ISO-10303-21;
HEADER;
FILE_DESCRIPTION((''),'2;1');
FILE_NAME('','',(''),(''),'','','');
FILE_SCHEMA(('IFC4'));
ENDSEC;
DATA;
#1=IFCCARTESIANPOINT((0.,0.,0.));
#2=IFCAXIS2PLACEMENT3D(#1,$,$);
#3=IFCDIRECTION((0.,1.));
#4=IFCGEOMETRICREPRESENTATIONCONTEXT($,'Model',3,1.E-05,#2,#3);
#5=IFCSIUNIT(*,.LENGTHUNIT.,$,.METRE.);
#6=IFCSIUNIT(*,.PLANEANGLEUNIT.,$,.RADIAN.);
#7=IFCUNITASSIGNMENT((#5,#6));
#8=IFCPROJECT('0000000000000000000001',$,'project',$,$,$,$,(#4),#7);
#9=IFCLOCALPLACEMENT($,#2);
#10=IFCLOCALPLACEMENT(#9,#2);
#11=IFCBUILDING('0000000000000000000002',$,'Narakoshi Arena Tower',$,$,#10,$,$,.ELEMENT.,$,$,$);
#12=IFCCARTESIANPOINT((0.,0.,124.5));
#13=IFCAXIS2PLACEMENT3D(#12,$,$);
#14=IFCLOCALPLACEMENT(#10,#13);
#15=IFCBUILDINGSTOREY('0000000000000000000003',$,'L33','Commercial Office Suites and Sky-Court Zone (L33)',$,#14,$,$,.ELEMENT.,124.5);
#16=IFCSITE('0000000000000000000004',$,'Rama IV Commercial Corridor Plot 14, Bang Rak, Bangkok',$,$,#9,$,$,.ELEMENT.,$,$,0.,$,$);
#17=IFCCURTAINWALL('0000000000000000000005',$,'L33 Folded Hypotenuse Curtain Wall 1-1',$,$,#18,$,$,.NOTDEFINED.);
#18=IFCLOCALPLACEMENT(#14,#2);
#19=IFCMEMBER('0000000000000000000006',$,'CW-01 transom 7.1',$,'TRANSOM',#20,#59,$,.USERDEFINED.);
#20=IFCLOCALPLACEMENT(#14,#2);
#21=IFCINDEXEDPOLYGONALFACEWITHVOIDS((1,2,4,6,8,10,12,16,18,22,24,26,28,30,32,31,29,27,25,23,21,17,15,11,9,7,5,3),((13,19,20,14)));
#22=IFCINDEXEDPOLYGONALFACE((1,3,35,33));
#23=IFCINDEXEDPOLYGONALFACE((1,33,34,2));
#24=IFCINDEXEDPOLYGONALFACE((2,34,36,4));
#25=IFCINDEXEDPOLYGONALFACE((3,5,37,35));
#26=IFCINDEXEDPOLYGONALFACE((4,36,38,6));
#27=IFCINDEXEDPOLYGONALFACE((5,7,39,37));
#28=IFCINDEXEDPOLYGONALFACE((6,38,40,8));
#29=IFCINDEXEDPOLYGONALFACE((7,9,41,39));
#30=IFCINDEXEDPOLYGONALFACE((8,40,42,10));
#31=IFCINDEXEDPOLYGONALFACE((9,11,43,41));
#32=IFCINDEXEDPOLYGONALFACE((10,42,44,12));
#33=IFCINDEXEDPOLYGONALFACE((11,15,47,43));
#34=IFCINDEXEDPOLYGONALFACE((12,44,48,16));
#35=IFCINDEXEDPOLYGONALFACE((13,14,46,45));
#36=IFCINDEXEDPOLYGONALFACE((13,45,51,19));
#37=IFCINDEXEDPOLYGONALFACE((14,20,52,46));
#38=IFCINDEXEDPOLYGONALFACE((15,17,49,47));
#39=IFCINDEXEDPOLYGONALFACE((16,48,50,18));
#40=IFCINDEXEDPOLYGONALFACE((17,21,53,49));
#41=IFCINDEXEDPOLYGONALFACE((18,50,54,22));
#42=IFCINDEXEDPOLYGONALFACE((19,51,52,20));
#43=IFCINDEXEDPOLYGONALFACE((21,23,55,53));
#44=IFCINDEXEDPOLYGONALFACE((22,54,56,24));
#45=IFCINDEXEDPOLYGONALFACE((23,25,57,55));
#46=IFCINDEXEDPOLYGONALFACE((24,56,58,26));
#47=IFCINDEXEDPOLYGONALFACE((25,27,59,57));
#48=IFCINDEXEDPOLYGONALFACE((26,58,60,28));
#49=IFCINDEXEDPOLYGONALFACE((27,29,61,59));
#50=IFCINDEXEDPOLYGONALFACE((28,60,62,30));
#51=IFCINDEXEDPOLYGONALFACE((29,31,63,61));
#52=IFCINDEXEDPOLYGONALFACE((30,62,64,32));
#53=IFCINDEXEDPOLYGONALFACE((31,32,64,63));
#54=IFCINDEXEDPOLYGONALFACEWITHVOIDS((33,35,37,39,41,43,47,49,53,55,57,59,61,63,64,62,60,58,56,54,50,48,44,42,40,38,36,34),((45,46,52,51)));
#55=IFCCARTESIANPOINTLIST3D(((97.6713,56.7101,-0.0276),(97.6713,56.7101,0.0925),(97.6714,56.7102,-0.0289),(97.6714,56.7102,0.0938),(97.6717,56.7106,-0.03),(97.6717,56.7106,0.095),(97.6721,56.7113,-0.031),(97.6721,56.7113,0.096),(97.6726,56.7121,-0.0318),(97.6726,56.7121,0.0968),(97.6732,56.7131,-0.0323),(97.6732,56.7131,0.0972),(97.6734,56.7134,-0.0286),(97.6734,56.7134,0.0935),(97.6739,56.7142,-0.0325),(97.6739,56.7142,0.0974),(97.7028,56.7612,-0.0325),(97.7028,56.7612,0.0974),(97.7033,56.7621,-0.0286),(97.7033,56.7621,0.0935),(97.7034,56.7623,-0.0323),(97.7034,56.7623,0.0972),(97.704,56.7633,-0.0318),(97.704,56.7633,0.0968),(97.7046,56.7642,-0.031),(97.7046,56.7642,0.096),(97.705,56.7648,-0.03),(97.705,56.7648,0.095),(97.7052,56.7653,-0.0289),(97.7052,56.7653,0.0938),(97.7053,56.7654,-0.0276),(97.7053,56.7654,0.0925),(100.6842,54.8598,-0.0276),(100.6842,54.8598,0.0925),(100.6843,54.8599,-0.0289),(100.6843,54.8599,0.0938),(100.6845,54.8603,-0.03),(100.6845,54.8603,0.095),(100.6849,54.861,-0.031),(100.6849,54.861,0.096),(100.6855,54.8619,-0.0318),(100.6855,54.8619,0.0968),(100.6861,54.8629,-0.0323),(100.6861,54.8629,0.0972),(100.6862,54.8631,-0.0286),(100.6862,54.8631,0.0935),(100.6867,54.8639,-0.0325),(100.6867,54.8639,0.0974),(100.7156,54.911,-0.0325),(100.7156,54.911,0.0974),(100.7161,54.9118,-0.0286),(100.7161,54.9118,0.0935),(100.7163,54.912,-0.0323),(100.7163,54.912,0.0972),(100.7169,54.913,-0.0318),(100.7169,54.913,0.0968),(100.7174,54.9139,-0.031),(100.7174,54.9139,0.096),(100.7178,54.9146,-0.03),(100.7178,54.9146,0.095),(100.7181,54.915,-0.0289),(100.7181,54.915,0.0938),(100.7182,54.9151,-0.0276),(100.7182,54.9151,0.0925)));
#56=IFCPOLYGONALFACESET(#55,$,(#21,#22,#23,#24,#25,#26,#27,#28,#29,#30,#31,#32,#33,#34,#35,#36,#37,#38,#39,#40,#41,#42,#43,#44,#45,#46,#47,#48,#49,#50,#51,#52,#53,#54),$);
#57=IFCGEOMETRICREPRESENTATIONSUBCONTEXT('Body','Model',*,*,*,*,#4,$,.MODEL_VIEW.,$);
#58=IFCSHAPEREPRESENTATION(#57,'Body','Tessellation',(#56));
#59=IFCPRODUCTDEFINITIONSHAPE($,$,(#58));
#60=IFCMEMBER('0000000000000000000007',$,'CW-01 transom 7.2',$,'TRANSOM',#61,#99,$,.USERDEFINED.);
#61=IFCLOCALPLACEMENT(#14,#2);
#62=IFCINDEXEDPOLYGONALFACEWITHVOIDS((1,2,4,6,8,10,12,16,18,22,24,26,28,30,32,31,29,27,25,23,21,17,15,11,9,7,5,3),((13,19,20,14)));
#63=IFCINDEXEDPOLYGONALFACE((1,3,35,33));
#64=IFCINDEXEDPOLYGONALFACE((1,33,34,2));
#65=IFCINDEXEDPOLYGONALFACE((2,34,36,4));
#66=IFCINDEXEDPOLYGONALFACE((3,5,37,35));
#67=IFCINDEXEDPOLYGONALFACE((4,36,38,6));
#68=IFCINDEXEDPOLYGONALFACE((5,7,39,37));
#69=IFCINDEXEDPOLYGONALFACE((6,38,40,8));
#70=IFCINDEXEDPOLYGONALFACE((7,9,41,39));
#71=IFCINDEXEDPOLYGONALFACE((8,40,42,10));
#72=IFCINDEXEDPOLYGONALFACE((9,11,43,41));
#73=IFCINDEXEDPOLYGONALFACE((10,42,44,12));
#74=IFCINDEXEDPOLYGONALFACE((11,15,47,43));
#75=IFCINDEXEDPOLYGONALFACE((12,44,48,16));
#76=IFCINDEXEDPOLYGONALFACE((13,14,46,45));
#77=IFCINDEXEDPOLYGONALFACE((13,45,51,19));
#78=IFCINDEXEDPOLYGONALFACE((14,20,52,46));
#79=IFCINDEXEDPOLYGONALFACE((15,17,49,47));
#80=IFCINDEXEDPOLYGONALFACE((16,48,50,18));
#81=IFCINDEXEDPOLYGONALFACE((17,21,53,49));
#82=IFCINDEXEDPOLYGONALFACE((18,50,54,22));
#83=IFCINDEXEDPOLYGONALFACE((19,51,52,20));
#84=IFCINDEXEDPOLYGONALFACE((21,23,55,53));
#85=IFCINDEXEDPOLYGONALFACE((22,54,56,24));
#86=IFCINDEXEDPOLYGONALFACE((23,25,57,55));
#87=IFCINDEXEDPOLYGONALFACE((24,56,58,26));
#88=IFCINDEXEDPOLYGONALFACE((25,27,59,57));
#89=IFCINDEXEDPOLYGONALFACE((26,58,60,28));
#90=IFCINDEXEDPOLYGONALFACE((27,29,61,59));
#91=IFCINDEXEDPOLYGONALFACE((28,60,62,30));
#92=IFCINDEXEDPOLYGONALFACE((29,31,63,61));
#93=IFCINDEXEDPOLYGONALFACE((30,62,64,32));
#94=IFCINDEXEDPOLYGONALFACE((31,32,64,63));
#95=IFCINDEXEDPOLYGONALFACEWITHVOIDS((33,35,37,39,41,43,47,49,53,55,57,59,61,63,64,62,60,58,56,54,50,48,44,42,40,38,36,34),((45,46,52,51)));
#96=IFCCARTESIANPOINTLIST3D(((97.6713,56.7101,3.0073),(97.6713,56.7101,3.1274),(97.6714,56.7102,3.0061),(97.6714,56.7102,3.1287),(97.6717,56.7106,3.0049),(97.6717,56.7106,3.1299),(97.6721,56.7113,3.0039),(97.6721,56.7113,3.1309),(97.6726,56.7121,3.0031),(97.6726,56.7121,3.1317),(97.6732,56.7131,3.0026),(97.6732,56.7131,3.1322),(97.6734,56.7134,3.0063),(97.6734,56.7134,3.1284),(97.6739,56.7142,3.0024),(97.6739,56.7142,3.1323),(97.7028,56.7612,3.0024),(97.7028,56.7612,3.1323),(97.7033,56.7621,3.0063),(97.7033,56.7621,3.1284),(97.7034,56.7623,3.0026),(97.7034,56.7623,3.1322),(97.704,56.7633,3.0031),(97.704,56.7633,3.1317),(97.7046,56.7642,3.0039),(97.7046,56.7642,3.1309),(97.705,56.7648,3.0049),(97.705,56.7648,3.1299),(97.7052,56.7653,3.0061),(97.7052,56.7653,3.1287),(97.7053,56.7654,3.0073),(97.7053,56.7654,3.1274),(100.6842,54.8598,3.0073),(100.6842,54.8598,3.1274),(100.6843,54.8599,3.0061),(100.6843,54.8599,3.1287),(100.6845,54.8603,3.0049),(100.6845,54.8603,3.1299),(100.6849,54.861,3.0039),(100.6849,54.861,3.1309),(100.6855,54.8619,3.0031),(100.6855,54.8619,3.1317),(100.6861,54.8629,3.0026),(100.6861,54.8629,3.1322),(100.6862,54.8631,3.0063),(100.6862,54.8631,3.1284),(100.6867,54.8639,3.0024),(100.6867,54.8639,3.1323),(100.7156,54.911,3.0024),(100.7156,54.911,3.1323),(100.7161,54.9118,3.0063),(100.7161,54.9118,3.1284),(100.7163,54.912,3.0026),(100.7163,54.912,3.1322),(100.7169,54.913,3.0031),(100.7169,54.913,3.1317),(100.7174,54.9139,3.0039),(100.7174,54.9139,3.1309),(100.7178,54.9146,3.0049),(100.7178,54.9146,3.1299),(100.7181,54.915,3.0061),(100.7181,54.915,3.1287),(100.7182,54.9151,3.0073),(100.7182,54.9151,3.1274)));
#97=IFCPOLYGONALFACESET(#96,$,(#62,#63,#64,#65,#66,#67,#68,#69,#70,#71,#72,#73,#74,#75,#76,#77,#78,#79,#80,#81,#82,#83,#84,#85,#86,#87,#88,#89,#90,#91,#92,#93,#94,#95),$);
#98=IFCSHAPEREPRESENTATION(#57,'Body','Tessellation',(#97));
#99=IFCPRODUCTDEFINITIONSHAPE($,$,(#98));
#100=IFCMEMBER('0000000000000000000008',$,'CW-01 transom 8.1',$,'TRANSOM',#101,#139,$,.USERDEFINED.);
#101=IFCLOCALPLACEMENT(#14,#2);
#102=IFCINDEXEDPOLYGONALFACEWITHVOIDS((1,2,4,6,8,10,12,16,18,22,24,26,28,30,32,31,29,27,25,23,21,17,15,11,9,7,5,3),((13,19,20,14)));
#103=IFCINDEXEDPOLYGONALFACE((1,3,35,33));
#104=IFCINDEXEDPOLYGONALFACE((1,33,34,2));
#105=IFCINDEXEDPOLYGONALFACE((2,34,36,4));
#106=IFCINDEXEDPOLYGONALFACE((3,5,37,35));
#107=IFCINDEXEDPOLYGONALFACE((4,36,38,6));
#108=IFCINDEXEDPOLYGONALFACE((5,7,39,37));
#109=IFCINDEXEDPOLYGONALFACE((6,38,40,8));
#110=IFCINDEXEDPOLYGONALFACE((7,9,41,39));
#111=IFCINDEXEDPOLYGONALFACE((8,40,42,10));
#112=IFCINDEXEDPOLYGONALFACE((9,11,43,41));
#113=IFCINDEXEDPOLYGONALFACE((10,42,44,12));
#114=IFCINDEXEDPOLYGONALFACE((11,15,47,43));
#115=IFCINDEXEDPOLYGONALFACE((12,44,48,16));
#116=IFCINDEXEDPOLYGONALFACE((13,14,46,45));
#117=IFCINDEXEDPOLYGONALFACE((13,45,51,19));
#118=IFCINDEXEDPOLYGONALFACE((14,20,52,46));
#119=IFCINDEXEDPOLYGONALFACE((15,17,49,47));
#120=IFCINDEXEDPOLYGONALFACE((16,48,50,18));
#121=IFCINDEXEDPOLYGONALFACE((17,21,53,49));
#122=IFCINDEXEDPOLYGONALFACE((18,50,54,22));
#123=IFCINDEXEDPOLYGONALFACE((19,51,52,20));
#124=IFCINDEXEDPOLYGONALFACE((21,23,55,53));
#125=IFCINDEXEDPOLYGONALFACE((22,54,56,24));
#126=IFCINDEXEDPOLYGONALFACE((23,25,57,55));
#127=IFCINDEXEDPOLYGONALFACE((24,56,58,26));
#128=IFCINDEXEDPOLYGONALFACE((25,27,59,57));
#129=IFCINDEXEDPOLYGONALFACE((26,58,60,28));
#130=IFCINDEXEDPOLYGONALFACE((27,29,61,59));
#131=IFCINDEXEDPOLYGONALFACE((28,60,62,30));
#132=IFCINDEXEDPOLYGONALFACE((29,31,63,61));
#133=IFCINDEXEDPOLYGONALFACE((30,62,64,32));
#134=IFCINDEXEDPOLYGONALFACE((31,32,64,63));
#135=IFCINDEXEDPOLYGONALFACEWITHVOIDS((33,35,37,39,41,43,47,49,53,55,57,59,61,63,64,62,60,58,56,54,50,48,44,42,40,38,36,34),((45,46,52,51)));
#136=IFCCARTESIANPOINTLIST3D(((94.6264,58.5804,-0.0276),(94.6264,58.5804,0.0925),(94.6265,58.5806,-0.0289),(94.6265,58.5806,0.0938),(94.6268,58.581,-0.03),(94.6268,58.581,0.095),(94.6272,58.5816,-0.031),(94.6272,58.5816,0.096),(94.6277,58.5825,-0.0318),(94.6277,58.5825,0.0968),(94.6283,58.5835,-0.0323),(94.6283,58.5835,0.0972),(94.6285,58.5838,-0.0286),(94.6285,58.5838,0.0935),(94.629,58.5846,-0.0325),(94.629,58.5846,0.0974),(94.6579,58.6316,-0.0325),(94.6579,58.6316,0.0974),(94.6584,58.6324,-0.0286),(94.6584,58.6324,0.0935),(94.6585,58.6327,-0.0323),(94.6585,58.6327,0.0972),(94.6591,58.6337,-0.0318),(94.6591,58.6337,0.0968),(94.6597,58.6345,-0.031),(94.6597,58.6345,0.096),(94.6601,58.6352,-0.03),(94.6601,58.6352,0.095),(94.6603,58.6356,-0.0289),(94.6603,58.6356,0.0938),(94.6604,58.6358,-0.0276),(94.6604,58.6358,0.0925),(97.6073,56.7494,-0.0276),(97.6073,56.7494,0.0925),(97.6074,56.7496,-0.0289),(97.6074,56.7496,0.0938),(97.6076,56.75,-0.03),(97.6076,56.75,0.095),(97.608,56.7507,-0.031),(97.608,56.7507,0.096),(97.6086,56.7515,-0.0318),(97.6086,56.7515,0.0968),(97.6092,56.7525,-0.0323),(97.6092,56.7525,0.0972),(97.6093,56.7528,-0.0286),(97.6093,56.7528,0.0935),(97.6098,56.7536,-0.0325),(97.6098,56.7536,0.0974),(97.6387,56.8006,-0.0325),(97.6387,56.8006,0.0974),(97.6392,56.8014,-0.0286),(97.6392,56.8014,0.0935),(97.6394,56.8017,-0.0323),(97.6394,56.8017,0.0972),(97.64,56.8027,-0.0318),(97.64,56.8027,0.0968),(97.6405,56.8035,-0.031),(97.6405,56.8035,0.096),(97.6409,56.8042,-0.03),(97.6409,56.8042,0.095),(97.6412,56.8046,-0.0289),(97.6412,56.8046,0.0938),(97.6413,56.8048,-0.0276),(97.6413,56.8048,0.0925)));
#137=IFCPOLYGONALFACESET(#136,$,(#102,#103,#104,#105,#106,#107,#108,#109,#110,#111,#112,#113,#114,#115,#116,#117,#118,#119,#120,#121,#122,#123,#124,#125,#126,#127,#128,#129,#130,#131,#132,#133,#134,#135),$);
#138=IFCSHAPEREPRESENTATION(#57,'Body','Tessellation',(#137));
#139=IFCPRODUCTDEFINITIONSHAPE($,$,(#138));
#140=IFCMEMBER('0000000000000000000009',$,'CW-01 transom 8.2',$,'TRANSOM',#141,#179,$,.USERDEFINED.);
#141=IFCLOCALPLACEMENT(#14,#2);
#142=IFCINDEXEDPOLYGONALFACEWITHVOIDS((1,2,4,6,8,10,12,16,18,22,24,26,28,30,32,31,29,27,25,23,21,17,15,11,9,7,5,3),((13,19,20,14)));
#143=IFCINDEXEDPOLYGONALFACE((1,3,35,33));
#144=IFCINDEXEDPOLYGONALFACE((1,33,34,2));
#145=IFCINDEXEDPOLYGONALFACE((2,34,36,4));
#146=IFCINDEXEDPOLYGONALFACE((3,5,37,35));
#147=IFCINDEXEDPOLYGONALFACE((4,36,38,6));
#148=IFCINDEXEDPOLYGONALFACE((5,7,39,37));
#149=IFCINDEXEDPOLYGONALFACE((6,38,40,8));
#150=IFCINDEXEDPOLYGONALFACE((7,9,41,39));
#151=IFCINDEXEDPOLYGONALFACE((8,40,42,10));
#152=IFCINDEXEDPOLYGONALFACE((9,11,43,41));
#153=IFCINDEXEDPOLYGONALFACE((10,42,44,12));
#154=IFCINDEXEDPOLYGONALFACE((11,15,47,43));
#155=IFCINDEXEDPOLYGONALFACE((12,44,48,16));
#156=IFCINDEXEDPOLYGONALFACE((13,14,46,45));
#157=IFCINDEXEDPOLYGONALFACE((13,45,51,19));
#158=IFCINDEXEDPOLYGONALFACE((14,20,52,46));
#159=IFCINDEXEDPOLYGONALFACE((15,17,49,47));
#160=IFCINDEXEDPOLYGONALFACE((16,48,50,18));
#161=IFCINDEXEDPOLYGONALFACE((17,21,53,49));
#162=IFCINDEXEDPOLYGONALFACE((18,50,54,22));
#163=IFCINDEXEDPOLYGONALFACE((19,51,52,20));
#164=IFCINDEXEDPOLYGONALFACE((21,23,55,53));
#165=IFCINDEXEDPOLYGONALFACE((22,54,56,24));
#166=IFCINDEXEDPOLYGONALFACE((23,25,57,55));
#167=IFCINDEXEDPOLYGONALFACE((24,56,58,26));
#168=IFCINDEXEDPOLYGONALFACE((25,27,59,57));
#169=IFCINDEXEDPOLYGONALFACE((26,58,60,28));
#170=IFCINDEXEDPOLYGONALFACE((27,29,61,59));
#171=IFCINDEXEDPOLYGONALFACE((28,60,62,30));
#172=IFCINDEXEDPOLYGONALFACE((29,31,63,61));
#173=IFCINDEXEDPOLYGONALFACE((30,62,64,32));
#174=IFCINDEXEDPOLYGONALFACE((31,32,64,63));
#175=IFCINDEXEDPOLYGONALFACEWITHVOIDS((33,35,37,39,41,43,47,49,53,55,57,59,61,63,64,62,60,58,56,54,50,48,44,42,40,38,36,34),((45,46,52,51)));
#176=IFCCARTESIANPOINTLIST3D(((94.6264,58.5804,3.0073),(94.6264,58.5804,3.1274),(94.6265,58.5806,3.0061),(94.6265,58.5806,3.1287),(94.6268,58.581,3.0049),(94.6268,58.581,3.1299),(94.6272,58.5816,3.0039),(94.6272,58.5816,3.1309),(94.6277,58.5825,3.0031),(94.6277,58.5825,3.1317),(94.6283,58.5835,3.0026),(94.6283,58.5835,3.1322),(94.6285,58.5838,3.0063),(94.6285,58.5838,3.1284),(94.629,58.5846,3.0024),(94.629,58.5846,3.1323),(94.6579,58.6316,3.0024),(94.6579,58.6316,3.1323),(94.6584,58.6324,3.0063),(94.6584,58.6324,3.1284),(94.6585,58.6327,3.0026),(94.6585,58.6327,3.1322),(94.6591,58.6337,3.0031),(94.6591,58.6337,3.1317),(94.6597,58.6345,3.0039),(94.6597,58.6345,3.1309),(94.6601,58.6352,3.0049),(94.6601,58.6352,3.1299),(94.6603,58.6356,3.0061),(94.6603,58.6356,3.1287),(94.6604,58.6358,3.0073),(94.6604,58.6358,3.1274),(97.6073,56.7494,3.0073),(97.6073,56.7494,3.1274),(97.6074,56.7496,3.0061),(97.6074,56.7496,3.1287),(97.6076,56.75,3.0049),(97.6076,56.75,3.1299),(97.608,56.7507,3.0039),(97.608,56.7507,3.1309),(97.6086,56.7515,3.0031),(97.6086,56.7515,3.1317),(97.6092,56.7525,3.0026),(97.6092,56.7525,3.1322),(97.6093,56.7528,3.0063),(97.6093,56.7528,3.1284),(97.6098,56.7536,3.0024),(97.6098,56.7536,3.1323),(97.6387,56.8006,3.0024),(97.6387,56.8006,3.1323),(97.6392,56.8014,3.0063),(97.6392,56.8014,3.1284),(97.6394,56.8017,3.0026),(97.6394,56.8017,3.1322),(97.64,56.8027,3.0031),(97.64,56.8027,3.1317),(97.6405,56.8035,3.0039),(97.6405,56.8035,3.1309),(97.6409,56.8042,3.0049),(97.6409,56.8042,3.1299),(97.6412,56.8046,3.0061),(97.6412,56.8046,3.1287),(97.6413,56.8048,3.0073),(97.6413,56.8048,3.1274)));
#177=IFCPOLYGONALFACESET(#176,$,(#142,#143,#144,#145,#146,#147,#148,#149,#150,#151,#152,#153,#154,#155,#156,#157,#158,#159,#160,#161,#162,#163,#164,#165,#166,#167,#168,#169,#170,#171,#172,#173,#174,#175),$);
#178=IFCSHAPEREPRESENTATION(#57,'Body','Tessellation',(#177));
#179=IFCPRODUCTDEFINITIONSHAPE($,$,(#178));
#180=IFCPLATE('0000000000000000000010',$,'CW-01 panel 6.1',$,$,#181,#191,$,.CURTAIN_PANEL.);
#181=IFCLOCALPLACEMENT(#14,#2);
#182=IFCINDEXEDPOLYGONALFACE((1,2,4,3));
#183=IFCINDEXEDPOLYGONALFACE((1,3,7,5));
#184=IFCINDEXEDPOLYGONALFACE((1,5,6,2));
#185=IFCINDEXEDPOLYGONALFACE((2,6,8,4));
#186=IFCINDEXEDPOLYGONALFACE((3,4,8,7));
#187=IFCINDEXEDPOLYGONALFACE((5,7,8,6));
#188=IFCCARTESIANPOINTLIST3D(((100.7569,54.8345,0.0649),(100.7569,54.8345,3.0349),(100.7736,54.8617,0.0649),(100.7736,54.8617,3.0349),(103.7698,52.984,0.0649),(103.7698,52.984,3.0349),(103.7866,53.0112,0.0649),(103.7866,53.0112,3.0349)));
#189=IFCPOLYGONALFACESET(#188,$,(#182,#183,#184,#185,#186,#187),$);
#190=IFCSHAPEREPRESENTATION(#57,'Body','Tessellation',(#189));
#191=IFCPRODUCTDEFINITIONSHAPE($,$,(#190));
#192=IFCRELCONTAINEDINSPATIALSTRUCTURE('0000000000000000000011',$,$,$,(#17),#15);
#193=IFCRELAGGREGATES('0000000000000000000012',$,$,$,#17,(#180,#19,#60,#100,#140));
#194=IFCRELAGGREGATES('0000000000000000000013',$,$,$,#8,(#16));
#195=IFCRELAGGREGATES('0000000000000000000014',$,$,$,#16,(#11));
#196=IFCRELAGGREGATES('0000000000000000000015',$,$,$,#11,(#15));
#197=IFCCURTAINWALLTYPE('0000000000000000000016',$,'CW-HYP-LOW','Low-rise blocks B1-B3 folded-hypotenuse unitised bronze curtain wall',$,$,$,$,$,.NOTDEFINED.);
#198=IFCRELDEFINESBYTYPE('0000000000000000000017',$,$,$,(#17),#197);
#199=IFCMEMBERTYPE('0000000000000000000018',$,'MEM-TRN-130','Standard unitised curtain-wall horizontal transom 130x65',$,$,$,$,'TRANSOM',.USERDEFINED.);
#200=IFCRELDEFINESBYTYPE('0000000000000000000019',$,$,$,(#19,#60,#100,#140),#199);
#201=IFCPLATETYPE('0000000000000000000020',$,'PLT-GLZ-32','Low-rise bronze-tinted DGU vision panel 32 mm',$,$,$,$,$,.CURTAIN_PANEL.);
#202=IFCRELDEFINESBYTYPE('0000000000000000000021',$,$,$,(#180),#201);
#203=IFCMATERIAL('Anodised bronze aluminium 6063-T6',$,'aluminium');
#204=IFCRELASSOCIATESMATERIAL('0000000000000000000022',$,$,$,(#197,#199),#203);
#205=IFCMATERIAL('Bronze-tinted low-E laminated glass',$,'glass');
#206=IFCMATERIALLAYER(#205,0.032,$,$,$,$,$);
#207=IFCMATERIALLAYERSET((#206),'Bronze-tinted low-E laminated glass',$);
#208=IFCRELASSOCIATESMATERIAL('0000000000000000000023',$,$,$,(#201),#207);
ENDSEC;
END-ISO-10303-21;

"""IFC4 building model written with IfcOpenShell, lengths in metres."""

from ifc_helpers import new_model, si_unit, direction, frame, origin, origin_2d, place, context, subcontext, project, spatial, rectangle, hollow_rectangle, extrude, material, layer, layer_set, material_profile, profile_set, type_object, element, aggregate, save


model = new_model("IFC4")

# Units and contexts
model_context = context("Model", 3, precision=1e-05, world=origin(), true_north=direction((0.0, 1.0)))
body_context = subcontext(model_context, "Body", "Model", "MODEL_VIEW")
ifc_project = project(units=[si_unit("LENGTHUNIT", "METRE"), si_unit("PLANEANGLEUNIT", "RADIAN")], contexts=[model_context])

# Site, building, storey
site_placement = place(None, origin())
site = spatial("IfcSite", under=ifc_project, at=site_placement, Name="Rama IV Commercial Corridor Plot 14, Bang Rak, Bangkok", CompositionType="ELEMENT", RefElevation=0.0)
building_placement = place(site_placement, origin())
building = spatial("IfcBuilding", under=site, at=building_placement, Name="Narakoshi Arena Tower", CompositionType="ELEMENT")
storey_placement = place(building_placement, frame((0.0, 0.0, 124.5)))
storey = spatial("IfcBuildingStorey", under=building, at=storey_placement, Name="L33", Description="Commercial Office Suites and Sky-Court Zone (L33)", CompositionType="ELEMENT", Elevation=124.5)

# Curtain wall, members, plate
ifc_material_1 = material(Name="Anodised bronze aluminium 6063-T6", Category="aluminium")
curtain_wall_type = type_object("IfcCurtainWallType", Name="CW-HYP-LOW", Description="Low-rise blocks B1-B3 folded-hypotenuse unitised bronze curtain wall", PredefinedType="NOTDEFINED", material=ifc_material_1)
curtain_wall_placement = place(storey_placement, origin())
curtain_wall = element("IfcCurtainWall", 1, at=curtain_wall_placement, inside=storey, type_object=curtain_wall_type, Name="L33 Folded Hypotenuse Curtain Wall 1-1", PredefinedType="NOTDEFINED")
ifc_material_profile_1 = material_profile(ifc_material_1, hollow_rectangle(XDim=0.0649, YDim=0.1299, WallThickness=0.0039, OuterFilletRadius=0.0049, at=origin_2d()), Name="TRN130x65x4")
ifc_profile_set_1 = profile_set([ifc_material_profile_1], Name="Anodised bronze aluminium 6063-T6")
member_type_1 = type_object("IfcMemberType", Name="MEM-TRN-130", Description="Standard unitised curtain-wall horizontal transom 130x65", ElementType="TRANSOM", PredefinedType="USERDEFINED", material=ifc_profile_set_1)
member_1_placement = place(storey_placement, frame((100.7012, 54.8875, 0.0325), z_axis=(-0.852134, 0.523323, 0.0), x_axis=(-0.523323, -0.852134, 0.0)))
member_1 = element("IfcMember", 2, at=member_1_placement, type_object=member_type_1, Name="CW-01 transom 7.1", ObjectType="TRANSOM", PredefinedType="USERDEFINED", context=body_context, shape_type="SweptSolid", body=[
    extrude(hollow_rectangle(XDim=0.0649, YDim=0.1299, WallThickness=0.0039, OuterFilletRadius=0.0049, at=origin_2d()), origin(), (0.0, 0.0, 1.0), 3.5356),
])
member_2_placement = place(storey_placement, frame((100.7012, 54.8875, 3.0674), z_axis=(-0.852134, 0.523323, 0.0), x_axis=(-0.523323, -0.852134, 0.0)))
member_2 = element("IfcMember", 3, at=member_2_placement, type_object=member_type_1, Name="CW-01 transom 7.2", ObjectType="TRANSOM", PredefinedType="USERDEFINED", context=body_context, shape_type="SweptSolid", body=[
    extrude(hollow_rectangle(XDim=0.0649, YDim=0.1299, WallThickness=0.0039, OuterFilletRadius=0.0049, at=origin_2d()), origin(), (0.0, 0.0, 1.0), 3.5356),
])
member_3_placement = place(storey_placement, frame((97.6243, 56.7771, 0.0325), z_axis=(-0.852089, 0.523396, 0.0), x_axis=(-0.523396, -0.852089, 0.0)))
member_3 = element("IfcMember", 4, at=member_3_placement, type_object=member_type_1, Name="CW-01 transom 8.1", ObjectType="TRANSOM", PredefinedType="USERDEFINED", context=body_context, shape_type="SweptSolid", body=[
    extrude(hollow_rectangle(XDim=0.0649, YDim=0.1299, WallThickness=0.0039, OuterFilletRadius=0.0049, at=origin_2d()), origin(), (0.0, 0.0, 1.0), 3.4983),
])
member_4_placement = place(storey_placement, frame((97.6243, 56.7771, 3.0674), z_axis=(-0.852089, 0.523396, 0.0), x_axis=(-0.523396, -0.852089, 0.0)))
member_4 = element("IfcMember", 5, at=member_4_placement, type_object=member_type_1, Name="CW-01 transom 8.2", ObjectType="TRANSOM", PredefinedType="USERDEFINED", context=body_context, shape_type="SweptSolid", body=[
    extrude(hollow_rectangle(XDim=0.0649, YDim=0.1299, WallThickness=0.0039, OuterFilletRadius=0.0049, at=origin_2d()), origin(), (0.0, 0.0, 1.0), 3.4983),
])
ifc_material_2 = material(Name="Bronze-tinted low-E laminated glass", Category="glass")
ifc_layer_1 = layer(ifc_material_2, 0.032)
ifc_layer_set_1 = layer_set([ifc_layer_1], Name="Bronze-tinted low-E laminated glass")
plate_type = type_object("IfcPlateType", Name="PLT-GLZ-32", Description="Low-rise bronze-tinted DGU vision panel 32 mm", PredefinedType="CURTAIN_PANEL", material=ifc_layer_set_1)
plate_1_placement = place(storey_placement, frame((102.2717, 53.9229, 0.0649), z_axis=(0.0, 0.0, 1.0), x_axis=(-0.852113, 0.523358, 0.0)))
plate_1 = element("IfcPlate", 6, at=plate_1_placement, type_object=plate_type, Name="CW-01 panel 6.1", PredefinedType="CURTAIN_PANEL", context=body_context, shape_type="SweptSolid", body=[
    extrude(rectangle(XDim=3.5359, YDim=0.032, at=origin_2d()), origin(), (0.0, 0.0, 1.0), 2.97),
])
aggregate(curtain_wall, [plate_1, member_1, member_2, member_3, member_4])

save(model, "model.ifc")
